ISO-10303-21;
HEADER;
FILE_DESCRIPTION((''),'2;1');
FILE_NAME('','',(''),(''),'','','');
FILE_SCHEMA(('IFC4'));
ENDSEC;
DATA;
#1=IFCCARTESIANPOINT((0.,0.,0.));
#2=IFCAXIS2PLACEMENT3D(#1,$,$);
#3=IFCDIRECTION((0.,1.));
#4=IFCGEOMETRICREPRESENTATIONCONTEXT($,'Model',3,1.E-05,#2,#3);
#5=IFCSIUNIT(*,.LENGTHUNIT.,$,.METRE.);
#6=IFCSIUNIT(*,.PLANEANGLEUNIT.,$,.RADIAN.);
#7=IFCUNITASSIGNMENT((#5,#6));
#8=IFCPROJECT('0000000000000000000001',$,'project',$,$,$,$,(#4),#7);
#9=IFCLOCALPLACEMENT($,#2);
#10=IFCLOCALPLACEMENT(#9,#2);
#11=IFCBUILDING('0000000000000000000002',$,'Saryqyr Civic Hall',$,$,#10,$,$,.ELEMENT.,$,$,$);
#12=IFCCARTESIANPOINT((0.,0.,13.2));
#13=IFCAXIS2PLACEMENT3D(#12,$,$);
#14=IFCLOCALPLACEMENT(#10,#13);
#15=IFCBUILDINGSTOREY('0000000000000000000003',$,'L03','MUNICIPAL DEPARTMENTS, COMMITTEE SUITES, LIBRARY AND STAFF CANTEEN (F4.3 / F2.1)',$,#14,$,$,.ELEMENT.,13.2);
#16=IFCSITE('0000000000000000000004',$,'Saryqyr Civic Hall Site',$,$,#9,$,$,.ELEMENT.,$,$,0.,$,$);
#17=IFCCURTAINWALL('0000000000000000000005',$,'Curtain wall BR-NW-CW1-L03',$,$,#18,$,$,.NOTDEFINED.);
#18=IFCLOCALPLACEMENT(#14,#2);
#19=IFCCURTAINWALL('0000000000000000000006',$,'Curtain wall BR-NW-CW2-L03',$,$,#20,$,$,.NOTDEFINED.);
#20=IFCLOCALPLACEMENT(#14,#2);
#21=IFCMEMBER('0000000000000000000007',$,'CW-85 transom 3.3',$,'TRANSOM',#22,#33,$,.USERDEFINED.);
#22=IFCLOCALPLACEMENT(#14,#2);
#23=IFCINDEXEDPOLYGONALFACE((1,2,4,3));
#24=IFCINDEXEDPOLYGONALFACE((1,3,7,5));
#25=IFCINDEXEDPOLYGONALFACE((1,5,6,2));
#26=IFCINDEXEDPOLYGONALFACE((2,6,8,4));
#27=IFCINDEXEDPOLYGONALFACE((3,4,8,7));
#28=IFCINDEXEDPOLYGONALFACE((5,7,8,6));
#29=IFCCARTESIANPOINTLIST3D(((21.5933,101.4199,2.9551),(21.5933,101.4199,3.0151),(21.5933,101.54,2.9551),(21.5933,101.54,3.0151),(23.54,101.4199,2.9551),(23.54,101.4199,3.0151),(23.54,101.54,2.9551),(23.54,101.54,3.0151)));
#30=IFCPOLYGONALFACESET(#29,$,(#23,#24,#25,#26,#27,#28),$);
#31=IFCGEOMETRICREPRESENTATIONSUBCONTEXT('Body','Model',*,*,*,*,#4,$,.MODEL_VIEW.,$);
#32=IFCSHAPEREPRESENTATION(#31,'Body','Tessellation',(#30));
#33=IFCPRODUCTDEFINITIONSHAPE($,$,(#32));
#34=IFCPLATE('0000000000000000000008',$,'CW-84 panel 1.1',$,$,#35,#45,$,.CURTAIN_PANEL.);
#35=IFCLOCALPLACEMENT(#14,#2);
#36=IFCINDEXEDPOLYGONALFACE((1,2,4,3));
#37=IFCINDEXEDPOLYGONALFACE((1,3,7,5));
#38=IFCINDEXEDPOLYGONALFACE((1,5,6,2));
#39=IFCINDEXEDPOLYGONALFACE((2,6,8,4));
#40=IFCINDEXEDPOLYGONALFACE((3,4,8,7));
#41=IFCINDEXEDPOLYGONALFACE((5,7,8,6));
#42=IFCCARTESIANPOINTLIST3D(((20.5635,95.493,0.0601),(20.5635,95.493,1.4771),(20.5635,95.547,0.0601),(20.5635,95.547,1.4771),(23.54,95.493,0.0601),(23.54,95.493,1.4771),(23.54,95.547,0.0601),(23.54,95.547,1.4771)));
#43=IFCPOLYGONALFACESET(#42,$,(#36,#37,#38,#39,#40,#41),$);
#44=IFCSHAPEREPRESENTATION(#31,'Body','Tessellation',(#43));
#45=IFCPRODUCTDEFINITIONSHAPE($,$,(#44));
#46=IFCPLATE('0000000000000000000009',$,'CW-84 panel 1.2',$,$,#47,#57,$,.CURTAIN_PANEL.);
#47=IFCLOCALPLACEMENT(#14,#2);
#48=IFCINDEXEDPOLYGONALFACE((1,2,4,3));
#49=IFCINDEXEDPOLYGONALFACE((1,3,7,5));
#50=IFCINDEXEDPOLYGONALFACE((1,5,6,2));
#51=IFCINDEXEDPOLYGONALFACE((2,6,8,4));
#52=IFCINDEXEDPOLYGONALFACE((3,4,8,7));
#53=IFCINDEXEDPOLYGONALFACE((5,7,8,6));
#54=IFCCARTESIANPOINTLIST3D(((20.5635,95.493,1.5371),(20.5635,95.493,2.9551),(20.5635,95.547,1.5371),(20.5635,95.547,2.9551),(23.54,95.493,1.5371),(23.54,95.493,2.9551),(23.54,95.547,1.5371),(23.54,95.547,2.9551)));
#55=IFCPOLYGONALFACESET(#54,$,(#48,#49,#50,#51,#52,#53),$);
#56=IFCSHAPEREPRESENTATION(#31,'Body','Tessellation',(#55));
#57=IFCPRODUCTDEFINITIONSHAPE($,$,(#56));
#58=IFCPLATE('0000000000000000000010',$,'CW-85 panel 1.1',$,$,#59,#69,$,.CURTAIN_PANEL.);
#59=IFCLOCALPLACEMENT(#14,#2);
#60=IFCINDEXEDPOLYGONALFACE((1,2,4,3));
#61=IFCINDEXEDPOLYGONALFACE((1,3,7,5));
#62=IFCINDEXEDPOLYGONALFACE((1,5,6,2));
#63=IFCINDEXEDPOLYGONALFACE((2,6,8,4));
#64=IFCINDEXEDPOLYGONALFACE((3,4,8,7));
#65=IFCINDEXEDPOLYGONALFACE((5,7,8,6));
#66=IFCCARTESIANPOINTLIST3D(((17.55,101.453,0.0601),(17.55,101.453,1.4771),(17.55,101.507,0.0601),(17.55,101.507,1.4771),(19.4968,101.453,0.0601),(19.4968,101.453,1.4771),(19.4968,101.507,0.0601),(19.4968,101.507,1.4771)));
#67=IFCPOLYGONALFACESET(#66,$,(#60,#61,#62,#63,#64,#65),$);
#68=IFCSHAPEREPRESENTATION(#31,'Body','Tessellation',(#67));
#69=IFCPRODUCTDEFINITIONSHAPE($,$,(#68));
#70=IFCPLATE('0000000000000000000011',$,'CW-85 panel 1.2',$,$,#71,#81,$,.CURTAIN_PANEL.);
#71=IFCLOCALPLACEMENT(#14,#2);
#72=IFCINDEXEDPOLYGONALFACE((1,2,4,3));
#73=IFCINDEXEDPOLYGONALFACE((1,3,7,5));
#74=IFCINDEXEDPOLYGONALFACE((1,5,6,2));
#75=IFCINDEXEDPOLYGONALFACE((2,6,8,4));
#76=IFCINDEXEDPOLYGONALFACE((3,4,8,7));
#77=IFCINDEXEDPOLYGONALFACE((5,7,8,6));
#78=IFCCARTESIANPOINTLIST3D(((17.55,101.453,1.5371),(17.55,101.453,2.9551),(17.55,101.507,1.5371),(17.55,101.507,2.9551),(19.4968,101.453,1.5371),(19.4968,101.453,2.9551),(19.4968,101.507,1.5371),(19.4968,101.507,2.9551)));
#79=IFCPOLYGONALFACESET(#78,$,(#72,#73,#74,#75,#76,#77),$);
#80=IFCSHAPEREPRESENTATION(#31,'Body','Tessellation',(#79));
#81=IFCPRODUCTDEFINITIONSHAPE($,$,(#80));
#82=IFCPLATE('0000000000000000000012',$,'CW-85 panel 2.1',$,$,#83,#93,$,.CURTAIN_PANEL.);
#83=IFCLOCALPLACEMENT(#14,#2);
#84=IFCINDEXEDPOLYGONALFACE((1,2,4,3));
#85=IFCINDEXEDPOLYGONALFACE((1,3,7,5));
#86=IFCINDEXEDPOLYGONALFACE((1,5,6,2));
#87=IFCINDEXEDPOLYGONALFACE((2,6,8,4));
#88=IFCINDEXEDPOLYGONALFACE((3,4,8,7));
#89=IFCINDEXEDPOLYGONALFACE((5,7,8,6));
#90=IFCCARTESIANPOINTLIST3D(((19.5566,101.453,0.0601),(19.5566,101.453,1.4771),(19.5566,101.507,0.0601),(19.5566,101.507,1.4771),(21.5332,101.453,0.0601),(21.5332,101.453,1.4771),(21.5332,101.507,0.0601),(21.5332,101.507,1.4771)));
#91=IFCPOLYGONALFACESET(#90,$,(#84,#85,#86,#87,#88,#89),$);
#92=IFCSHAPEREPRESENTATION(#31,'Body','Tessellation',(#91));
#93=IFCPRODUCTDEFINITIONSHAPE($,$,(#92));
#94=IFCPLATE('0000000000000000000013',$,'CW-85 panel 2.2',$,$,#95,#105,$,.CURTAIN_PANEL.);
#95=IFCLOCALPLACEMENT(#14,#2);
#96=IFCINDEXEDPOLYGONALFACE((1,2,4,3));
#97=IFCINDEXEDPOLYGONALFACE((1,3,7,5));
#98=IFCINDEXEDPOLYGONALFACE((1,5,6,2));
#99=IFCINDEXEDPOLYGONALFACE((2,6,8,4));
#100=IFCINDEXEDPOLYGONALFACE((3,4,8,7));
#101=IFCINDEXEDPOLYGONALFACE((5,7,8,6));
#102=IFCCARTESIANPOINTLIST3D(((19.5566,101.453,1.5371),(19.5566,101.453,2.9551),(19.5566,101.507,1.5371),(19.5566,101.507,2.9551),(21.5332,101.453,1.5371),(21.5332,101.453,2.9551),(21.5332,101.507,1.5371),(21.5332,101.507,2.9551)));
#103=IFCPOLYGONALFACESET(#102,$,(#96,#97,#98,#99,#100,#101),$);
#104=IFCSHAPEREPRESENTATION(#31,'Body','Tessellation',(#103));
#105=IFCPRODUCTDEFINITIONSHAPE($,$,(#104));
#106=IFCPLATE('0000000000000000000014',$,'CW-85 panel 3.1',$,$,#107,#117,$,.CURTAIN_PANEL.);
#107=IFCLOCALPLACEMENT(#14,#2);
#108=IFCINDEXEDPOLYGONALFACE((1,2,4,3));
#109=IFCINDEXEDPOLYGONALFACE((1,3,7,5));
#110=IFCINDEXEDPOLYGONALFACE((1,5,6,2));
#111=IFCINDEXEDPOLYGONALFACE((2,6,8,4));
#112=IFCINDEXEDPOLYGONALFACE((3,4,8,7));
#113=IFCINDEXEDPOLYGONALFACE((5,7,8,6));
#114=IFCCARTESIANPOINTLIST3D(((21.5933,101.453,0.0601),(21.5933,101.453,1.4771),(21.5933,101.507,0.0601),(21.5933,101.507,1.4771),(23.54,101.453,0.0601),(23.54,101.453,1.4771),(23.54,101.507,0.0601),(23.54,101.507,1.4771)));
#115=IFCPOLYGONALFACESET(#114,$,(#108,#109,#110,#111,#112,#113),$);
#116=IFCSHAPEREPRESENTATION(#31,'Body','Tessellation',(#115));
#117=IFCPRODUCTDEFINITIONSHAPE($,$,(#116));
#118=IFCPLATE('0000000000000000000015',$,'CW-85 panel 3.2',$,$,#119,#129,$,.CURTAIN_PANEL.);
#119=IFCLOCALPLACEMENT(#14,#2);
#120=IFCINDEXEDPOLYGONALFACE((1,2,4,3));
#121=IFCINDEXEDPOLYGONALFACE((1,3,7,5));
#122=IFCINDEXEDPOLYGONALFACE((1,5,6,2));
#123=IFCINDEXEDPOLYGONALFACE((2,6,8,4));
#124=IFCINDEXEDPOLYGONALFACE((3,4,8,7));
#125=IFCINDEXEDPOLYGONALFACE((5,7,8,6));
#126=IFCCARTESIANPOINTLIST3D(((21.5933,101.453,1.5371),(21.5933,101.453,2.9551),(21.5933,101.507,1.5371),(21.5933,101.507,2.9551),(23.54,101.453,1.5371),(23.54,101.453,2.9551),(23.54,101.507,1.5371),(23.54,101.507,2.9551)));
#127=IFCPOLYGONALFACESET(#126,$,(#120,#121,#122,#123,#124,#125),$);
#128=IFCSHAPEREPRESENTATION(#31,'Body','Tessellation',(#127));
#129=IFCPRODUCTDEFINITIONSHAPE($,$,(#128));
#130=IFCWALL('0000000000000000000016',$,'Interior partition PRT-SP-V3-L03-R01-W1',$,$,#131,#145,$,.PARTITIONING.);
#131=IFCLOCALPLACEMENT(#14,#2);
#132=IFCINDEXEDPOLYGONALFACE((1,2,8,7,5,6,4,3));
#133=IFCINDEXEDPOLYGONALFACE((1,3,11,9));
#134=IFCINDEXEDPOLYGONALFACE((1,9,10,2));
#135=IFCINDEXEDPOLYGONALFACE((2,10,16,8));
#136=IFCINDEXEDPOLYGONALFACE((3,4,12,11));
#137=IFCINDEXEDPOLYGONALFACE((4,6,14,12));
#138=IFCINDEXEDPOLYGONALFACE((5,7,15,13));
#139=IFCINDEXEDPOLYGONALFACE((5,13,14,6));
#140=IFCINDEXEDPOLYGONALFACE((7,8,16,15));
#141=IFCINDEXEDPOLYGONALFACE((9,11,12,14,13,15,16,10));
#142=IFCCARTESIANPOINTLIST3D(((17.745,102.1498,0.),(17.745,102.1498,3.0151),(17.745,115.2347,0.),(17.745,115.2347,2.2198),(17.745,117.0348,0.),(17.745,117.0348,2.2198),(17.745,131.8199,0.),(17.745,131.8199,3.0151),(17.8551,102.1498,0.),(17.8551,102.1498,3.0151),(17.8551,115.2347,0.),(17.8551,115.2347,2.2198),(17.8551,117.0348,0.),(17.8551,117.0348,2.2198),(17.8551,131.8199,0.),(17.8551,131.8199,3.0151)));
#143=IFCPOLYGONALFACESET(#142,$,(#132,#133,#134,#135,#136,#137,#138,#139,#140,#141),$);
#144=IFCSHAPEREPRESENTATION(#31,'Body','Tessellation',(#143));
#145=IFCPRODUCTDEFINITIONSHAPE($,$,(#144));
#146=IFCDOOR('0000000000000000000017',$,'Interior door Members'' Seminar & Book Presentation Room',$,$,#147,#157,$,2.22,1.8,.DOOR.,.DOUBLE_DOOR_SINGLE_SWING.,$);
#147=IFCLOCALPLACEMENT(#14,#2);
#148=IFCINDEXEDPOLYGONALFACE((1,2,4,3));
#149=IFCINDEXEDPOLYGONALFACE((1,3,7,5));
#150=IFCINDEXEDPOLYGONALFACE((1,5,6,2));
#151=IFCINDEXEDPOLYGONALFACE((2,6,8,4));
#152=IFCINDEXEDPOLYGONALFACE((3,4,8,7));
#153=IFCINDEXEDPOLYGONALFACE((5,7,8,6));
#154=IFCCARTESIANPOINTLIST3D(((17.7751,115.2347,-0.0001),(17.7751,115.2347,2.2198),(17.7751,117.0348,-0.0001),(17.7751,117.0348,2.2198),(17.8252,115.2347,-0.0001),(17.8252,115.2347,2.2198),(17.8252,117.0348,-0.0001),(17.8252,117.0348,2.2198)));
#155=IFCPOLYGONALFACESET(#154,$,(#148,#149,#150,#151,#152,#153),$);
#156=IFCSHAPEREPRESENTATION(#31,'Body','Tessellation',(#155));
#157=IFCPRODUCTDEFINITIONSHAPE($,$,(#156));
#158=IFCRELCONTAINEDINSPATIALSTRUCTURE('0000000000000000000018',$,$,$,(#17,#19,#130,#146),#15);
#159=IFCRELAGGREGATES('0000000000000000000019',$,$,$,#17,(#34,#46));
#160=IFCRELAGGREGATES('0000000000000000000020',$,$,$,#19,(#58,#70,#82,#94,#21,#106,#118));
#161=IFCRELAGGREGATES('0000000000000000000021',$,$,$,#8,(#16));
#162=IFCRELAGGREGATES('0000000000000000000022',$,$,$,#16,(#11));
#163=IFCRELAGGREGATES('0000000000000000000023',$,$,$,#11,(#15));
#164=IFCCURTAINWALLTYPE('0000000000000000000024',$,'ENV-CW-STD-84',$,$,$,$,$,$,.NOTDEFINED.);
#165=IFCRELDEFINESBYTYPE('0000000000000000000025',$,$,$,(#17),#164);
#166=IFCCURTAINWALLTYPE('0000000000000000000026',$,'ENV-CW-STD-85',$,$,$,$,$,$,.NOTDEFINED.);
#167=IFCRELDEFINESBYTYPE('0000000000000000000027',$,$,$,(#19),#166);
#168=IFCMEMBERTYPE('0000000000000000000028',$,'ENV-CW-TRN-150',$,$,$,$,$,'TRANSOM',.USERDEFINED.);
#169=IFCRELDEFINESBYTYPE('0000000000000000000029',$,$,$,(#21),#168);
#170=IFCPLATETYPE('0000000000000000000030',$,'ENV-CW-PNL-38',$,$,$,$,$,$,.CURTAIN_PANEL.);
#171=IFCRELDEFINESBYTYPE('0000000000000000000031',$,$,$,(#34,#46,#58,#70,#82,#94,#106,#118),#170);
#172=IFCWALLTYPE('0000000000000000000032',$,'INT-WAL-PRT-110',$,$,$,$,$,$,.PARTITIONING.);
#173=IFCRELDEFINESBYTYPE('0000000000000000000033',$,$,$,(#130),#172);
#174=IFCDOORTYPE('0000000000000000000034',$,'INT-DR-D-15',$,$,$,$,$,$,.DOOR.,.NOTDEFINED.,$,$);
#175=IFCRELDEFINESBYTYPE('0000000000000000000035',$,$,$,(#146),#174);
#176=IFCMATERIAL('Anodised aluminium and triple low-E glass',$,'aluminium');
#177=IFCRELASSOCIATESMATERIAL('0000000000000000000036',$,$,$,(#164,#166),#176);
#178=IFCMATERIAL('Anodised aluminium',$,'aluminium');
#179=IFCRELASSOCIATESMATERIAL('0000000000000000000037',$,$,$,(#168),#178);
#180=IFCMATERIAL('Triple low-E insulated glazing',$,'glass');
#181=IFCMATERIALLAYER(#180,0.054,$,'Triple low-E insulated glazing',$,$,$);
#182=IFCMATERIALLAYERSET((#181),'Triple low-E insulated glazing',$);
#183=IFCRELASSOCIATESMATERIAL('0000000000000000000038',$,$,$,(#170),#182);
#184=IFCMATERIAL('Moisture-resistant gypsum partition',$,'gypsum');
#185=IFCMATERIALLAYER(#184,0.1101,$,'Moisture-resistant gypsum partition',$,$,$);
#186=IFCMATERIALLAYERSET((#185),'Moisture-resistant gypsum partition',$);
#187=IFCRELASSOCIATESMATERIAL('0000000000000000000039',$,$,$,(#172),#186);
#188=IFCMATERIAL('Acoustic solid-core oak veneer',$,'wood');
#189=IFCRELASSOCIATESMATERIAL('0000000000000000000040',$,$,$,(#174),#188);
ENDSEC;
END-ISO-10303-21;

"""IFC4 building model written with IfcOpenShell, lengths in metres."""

from ifc_helpers import new_model, si_unit, direction, frame, frame_2d, origin, origin_2d, place, context, subcontext, project, spatial, rectangle, extrude, material, layer, layer_set, material_profile, profile_set, type_object, element, fill, aggregate, save


model = new_model("IFC4")

# Units and contexts
model_context = context("Model", 3, precision=1e-05, world=origin(), true_north=direction((0.0, 1.0)))
body_context = subcontext(model_context, "Body", "Model", "MODEL_VIEW")
ifc_project = project(units=[si_unit("LENGTHUNIT", "METRE"), si_unit("PLANEANGLEUNIT", "RADIAN")], contexts=[model_context])

# Site, building, storey
site_placement = place(None, origin())
site = spatial("IfcSite", under=ifc_project, at=site_placement, Name="Saryqyr Civic Hall Site", CompositionType="ELEMENT", RefElevation=0.0)
building_placement = place(site_placement, origin())
building = spatial("IfcBuilding", under=site, at=building_placement, Name="Saryqyr Civic Hall", CompositionType="ELEMENT")
storey_placement = place(building_placement, frame((0.0, 0.0, 13.2)))
storey = spatial("IfcBuildingStorey", under=building, at=storey_placement, Name="L03", Description="MUNICIPAL DEPARTMENTS, COMMITTEE SUITES, LIBRARY AND STAFF CANTEEN (F4.3 / F2.1)", CompositionType="ELEMENT", Elevation=13.2)

# Curtain wall
ifc_material_1 = material(Name="Anodised aluminium and triple low-E glass", Category="aluminium")
curtain_wall_type_1 = type_object("IfcCurtainWallType", Name="ENV-CW-STD-84", PredefinedType="NOTDEFINED", material=ifc_material_1)
curtain_wall_1_placement = place(storey_placement, origin())
curtain_wall_1 = element("IfcCurtainWall", 1, at=curtain_wall_1_placement, inside=storey, type_object=curtain_wall_type_1, Name="Curtain wall BR-NW-CW1-L03", PredefinedType="NOTDEFINED")
ifc_material_2 = material(Name="Anodised aluminium", Category="aluminium")

# Curtain wall
curtain_wall_type_2 = type_object("IfcCurtainWallType", Name="ENV-CW-STD-85", PredefinedType="NOTDEFINED", material=ifc_material_1)
curtain_wall_2_placement = place(storey_placement, origin())
curtain_wall_2 = element("IfcCurtainWall", 2, at=curtain_wall_2_placement, inside=storey, type_object=curtain_wall_type_2, Name="Curtain wall BR-NW-CW2-L03", PredefinedType="NOTDEFINED")

# Member
ifc_material_profile_1 = material_profile(ifc_material_2, rectangle(XDim=0.1201, YDim=0.0601, at=origin_2d()), Name="ALU TRANSOM 120x60")
ifc_profile_set_1 = profile_set([ifc_material_profile_1], Name="Anodised aluminium")
member_type_1 = type_object("IfcMemberType", Name="ENV-CW-TRN-150", ElementType="TRANSOM", PredefinedType="USERDEFINED", material=ifc_profile_set_1)
member_1_placement = place(storey_placement, frame((21.5933, 101.48, 2.9851), z_axis=(1.0, 0.0, 0.0), x_axis=(0.0, 1.0, 0.0)))
member_1 = element("IfcMember", 3, at=member_1_placement, type_object=member_type_1, Name="CW-85 transom 3.3", ObjectType="TRANSOM", PredefinedType="USERDEFINED", context=body_context, shape_type="SweptSolid", body=[
    extrude(rectangle(XDim=0.1201, YDim=0.0601, at=origin_2d()), origin(), (0.0, 0.0, 1.0), 1.9468),
])

# Plates
ifc_material_3 = material(Name="Triple low-E insulated glazing", Category="glass")
ifc_layer_1 = layer(ifc_material_3, 0.054, Name="Triple low-E insulated glazing")
ifc_layer_set_1 = layer_set([ifc_layer_1], Name="Triple low-E insulated glazing")
plate_type = type_object("IfcPlateType", Name="ENV-CW-PNL-38", PredefinedType="CURTAIN_PANEL", material=ifc_layer_set_1)
plate_1_placement = place(storey_placement, frame((22.0518, 95.52, 0.0601), z_axis=(0.0, 0.0, 1.0), x_axis=(-1.0, 0.0, 0.0)))
plate_1 = element("IfcPlate", 4, at=plate_1_placement, type_object=plate_type, Name="CW-84 panel 1.1", PredefinedType="CURTAIN_PANEL", context=body_context, shape_type="SweptSolid", body=[
    extrude(rectangle(XDim=2.9766, YDim=0.054, at=origin_2d()), origin(), (0.0, 0.0, 1.0), 1.417),
])
plate_2_placement = place(storey_placement, frame((22.0518, 95.52, 1.5371), z_axis=(0.0, 0.0, 1.0), x_axis=(-1.0, 0.0, 0.0)))
plate_2 = element("IfcPlate", 5, at=plate_2_placement, type_object=plate_type, Name="CW-84 panel 1.2", PredefinedType="CURTAIN_PANEL", context=body_context, shape_type="SweptSolid", body=[
    extrude(rectangle(XDim=2.9766, YDim=0.054, at=origin_2d()), origin(), (0.0, 0.0, 1.0), 1.418),
])
aggregate(curtain_wall_1, [plate_1, plate_2])
plate_3_placement = place(storey_placement, frame((18.5234, 101.48, 0.0601), z_axis=(0.0, 0.0, 1.0), x_axis=(1.0, 0.0, 0.0)))
plate_3 = element("IfcPlate", 6, at=plate_3_placement, type_object=plate_type, Name="CW-85 panel 1.1", PredefinedType="CURTAIN_PANEL", context=body_context, shape_type="SweptSolid", body=[
    extrude(rectangle(XDim=1.9468, YDim=0.054, at=origin_2d()), origin(), (0.0, 0.0, 1.0), 1.417),
])
plate_4_placement = place(storey_placement, frame((18.5234, 101.48, 1.5371), z_axis=(0.0, 0.0, 1.0), x_axis=(1.0, 0.0, 0.0)))
plate_4 = element("IfcPlate", 7, at=plate_4_placement, type_object=plate_type, Name="CW-85 panel 1.2", PredefinedType="CURTAIN_PANEL", context=body_context, shape_type="SweptSolid", body=[
    extrude(rectangle(XDim=1.9468, YDim=0.054, at=origin_2d()), origin(), (0.0, 0.0, 1.0), 1.418),
])
plate_5_placement = place(storey_placement, frame((20.5449, 101.48, 0.0601), z_axis=(0.0, 0.0, 1.0), x_axis=(1.0, 0.0, 0.0)))
plate_5 = element("IfcPlate", 8, at=plate_5_placement, type_object=plate_type, Name="CW-85 panel 2.1", PredefinedType="CURTAIN_PANEL", context=body_context, shape_type="SweptSolid", body=[
    extrude(rectangle(XDim=1.9766, YDim=0.054, at=origin_2d()), origin(), (0.0, 0.0, 1.0), 1.417),
])
plate_6_placement = place(storey_placement, frame((20.5449, 101.48, 1.5371), z_axis=(0.0, 0.0, 1.0), x_axis=(1.0, 0.0, 0.0)))
plate_6 = element("IfcPlate", 9, at=plate_6_placement, type_object=plate_type, Name="CW-85 panel 2.2", PredefinedType="CURTAIN_PANEL", context=body_context, shape_type="SweptSolid", body=[
    extrude(rectangle(XDim=1.9766, YDim=0.054, at=origin_2d()), origin(), (0.0, 0.0, 1.0), 1.418),
])
plate_7_placement = place(storey_placement, frame((22.5667, 101.48, 0.0601), z_axis=(0.0, 0.0, 1.0), x_axis=(1.0, 0.0, 0.0)))
plate_7 = element("IfcPlate", 10, at=plate_7_placement, type_object=plate_type, Name="CW-85 panel 3.1", PredefinedType="CURTAIN_PANEL", context=body_context, shape_type="SweptSolid", body=[
    extrude(rectangle(XDim=1.9468, YDim=0.054, at=origin_2d()), origin(), (0.0, 0.0, 1.0), 1.417),
])
plate_8_placement = place(storey_placement, frame((22.5667, 101.48, 1.5371), z_axis=(0.0, 0.0, 1.0), x_axis=(1.0, 0.0, 0.0)))
plate_8 = element("IfcPlate", 11, at=plate_8_placement, type_object=plate_type, Name="CW-85 panel 3.2", PredefinedType="CURTAIN_PANEL", context=body_context, shape_type="SweptSolid", body=[
    extrude(rectangle(XDim=1.9468, YDim=0.054, at=origin_2d()), origin(), (0.0, 0.0, 1.0), 1.418),
])
aggregate(curtain_wall_2, [plate_3, plate_4, plate_5, plate_6, member_1, plate_7, plate_8])

# Wall, opening, door
ifc_material_4 = material(Name="Moisture-resistant gypsum partition", Category="gypsum")
ifc_layer_2 = layer(ifc_material_4, 0.1101, Name="Moisture-resistant gypsum partition")
ifc_layer_set_2 = layer_set([ifc_layer_2], Name="Moisture-resistant gypsum partition")
wall_type = type_object("IfcWallType", Name="INT-WAL-PRT-110", PredefinedType="PARTITIONING", material=ifc_layer_set_2)
wall_placement = place(storey_placement, frame((17.8, 102.1499, 0.0), z_axis=(0.0, 0.0, 1.0), x_axis=(0.0, 1.0, 0.0)))
wall = element("IfcWall", 12, at=wall_placement, inside=storey, type_object=wall_type, Name="Interior partition PRT-SP-V3-L03-R01-W1", PredefinedType="PARTITIONING", context=body_context, shape_type="SweptSolid", body=[
    extrude(rectangle(XDim=29.6702, YDim=0.1101, at=frame_2d((14.835, 0.0))), origin(), (0.0, 0.0, 1.0), 3.0151),
])
opening_placement = place(wall_placement, frame((13.085, 0.0, 0.0)))
opening = element("IfcOpeningElement", 13, at=opening_placement, cuts=wall, PredefinedType="OPENING", context=body_context, shape_type="SweptSolid", body=[
    extrude(rectangle(XDim=1.8, YDim=2.22, at=frame_2d((0.8999, 1.1099))), frame((0.0, 0.0649, 0.0), z_axis=(0.0, -1.0, 0.0), x_axis=(1.0, 0.0, 0.0)), (0.0, 0.0, 1.0), 0.1301),
])
ifc_material_5 = material(Name="Acoustic solid-core oak veneer", Category="wood")
door_type = type_object("IfcDoorType", Name="INT-DR-D-15", OperationType="NOTDEFINED", PredefinedType="DOOR", material=ifc_material_5)
door_placement = place(opening_placement, origin())
door = element("IfcDoor", 14, at=door_placement, inside=storey, type_object=door_type, Name="Interior door Members' Seminar & Book Presentation Room", OperationType="DOUBLE_DOOR_SINGLE_SWING", OverallHeight=2.22, OverallWidth=1.8, PredefinedType="DOOR", context=body_context, shape_type="SweptSolid", body=[
    extrude(rectangle(XDim=1.8, YDim=2.22, at=frame_2d((0.8999, 1.1099))), frame((0.0, 0.0249, 0.0), z_axis=(0.0, -1.0, 0.0), x_axis=(1.0, 0.0, 0.0)), (0.0, 0.0, 1.0), 0.05),
])
fill(opening, door)

save(model, "model.ifc")
